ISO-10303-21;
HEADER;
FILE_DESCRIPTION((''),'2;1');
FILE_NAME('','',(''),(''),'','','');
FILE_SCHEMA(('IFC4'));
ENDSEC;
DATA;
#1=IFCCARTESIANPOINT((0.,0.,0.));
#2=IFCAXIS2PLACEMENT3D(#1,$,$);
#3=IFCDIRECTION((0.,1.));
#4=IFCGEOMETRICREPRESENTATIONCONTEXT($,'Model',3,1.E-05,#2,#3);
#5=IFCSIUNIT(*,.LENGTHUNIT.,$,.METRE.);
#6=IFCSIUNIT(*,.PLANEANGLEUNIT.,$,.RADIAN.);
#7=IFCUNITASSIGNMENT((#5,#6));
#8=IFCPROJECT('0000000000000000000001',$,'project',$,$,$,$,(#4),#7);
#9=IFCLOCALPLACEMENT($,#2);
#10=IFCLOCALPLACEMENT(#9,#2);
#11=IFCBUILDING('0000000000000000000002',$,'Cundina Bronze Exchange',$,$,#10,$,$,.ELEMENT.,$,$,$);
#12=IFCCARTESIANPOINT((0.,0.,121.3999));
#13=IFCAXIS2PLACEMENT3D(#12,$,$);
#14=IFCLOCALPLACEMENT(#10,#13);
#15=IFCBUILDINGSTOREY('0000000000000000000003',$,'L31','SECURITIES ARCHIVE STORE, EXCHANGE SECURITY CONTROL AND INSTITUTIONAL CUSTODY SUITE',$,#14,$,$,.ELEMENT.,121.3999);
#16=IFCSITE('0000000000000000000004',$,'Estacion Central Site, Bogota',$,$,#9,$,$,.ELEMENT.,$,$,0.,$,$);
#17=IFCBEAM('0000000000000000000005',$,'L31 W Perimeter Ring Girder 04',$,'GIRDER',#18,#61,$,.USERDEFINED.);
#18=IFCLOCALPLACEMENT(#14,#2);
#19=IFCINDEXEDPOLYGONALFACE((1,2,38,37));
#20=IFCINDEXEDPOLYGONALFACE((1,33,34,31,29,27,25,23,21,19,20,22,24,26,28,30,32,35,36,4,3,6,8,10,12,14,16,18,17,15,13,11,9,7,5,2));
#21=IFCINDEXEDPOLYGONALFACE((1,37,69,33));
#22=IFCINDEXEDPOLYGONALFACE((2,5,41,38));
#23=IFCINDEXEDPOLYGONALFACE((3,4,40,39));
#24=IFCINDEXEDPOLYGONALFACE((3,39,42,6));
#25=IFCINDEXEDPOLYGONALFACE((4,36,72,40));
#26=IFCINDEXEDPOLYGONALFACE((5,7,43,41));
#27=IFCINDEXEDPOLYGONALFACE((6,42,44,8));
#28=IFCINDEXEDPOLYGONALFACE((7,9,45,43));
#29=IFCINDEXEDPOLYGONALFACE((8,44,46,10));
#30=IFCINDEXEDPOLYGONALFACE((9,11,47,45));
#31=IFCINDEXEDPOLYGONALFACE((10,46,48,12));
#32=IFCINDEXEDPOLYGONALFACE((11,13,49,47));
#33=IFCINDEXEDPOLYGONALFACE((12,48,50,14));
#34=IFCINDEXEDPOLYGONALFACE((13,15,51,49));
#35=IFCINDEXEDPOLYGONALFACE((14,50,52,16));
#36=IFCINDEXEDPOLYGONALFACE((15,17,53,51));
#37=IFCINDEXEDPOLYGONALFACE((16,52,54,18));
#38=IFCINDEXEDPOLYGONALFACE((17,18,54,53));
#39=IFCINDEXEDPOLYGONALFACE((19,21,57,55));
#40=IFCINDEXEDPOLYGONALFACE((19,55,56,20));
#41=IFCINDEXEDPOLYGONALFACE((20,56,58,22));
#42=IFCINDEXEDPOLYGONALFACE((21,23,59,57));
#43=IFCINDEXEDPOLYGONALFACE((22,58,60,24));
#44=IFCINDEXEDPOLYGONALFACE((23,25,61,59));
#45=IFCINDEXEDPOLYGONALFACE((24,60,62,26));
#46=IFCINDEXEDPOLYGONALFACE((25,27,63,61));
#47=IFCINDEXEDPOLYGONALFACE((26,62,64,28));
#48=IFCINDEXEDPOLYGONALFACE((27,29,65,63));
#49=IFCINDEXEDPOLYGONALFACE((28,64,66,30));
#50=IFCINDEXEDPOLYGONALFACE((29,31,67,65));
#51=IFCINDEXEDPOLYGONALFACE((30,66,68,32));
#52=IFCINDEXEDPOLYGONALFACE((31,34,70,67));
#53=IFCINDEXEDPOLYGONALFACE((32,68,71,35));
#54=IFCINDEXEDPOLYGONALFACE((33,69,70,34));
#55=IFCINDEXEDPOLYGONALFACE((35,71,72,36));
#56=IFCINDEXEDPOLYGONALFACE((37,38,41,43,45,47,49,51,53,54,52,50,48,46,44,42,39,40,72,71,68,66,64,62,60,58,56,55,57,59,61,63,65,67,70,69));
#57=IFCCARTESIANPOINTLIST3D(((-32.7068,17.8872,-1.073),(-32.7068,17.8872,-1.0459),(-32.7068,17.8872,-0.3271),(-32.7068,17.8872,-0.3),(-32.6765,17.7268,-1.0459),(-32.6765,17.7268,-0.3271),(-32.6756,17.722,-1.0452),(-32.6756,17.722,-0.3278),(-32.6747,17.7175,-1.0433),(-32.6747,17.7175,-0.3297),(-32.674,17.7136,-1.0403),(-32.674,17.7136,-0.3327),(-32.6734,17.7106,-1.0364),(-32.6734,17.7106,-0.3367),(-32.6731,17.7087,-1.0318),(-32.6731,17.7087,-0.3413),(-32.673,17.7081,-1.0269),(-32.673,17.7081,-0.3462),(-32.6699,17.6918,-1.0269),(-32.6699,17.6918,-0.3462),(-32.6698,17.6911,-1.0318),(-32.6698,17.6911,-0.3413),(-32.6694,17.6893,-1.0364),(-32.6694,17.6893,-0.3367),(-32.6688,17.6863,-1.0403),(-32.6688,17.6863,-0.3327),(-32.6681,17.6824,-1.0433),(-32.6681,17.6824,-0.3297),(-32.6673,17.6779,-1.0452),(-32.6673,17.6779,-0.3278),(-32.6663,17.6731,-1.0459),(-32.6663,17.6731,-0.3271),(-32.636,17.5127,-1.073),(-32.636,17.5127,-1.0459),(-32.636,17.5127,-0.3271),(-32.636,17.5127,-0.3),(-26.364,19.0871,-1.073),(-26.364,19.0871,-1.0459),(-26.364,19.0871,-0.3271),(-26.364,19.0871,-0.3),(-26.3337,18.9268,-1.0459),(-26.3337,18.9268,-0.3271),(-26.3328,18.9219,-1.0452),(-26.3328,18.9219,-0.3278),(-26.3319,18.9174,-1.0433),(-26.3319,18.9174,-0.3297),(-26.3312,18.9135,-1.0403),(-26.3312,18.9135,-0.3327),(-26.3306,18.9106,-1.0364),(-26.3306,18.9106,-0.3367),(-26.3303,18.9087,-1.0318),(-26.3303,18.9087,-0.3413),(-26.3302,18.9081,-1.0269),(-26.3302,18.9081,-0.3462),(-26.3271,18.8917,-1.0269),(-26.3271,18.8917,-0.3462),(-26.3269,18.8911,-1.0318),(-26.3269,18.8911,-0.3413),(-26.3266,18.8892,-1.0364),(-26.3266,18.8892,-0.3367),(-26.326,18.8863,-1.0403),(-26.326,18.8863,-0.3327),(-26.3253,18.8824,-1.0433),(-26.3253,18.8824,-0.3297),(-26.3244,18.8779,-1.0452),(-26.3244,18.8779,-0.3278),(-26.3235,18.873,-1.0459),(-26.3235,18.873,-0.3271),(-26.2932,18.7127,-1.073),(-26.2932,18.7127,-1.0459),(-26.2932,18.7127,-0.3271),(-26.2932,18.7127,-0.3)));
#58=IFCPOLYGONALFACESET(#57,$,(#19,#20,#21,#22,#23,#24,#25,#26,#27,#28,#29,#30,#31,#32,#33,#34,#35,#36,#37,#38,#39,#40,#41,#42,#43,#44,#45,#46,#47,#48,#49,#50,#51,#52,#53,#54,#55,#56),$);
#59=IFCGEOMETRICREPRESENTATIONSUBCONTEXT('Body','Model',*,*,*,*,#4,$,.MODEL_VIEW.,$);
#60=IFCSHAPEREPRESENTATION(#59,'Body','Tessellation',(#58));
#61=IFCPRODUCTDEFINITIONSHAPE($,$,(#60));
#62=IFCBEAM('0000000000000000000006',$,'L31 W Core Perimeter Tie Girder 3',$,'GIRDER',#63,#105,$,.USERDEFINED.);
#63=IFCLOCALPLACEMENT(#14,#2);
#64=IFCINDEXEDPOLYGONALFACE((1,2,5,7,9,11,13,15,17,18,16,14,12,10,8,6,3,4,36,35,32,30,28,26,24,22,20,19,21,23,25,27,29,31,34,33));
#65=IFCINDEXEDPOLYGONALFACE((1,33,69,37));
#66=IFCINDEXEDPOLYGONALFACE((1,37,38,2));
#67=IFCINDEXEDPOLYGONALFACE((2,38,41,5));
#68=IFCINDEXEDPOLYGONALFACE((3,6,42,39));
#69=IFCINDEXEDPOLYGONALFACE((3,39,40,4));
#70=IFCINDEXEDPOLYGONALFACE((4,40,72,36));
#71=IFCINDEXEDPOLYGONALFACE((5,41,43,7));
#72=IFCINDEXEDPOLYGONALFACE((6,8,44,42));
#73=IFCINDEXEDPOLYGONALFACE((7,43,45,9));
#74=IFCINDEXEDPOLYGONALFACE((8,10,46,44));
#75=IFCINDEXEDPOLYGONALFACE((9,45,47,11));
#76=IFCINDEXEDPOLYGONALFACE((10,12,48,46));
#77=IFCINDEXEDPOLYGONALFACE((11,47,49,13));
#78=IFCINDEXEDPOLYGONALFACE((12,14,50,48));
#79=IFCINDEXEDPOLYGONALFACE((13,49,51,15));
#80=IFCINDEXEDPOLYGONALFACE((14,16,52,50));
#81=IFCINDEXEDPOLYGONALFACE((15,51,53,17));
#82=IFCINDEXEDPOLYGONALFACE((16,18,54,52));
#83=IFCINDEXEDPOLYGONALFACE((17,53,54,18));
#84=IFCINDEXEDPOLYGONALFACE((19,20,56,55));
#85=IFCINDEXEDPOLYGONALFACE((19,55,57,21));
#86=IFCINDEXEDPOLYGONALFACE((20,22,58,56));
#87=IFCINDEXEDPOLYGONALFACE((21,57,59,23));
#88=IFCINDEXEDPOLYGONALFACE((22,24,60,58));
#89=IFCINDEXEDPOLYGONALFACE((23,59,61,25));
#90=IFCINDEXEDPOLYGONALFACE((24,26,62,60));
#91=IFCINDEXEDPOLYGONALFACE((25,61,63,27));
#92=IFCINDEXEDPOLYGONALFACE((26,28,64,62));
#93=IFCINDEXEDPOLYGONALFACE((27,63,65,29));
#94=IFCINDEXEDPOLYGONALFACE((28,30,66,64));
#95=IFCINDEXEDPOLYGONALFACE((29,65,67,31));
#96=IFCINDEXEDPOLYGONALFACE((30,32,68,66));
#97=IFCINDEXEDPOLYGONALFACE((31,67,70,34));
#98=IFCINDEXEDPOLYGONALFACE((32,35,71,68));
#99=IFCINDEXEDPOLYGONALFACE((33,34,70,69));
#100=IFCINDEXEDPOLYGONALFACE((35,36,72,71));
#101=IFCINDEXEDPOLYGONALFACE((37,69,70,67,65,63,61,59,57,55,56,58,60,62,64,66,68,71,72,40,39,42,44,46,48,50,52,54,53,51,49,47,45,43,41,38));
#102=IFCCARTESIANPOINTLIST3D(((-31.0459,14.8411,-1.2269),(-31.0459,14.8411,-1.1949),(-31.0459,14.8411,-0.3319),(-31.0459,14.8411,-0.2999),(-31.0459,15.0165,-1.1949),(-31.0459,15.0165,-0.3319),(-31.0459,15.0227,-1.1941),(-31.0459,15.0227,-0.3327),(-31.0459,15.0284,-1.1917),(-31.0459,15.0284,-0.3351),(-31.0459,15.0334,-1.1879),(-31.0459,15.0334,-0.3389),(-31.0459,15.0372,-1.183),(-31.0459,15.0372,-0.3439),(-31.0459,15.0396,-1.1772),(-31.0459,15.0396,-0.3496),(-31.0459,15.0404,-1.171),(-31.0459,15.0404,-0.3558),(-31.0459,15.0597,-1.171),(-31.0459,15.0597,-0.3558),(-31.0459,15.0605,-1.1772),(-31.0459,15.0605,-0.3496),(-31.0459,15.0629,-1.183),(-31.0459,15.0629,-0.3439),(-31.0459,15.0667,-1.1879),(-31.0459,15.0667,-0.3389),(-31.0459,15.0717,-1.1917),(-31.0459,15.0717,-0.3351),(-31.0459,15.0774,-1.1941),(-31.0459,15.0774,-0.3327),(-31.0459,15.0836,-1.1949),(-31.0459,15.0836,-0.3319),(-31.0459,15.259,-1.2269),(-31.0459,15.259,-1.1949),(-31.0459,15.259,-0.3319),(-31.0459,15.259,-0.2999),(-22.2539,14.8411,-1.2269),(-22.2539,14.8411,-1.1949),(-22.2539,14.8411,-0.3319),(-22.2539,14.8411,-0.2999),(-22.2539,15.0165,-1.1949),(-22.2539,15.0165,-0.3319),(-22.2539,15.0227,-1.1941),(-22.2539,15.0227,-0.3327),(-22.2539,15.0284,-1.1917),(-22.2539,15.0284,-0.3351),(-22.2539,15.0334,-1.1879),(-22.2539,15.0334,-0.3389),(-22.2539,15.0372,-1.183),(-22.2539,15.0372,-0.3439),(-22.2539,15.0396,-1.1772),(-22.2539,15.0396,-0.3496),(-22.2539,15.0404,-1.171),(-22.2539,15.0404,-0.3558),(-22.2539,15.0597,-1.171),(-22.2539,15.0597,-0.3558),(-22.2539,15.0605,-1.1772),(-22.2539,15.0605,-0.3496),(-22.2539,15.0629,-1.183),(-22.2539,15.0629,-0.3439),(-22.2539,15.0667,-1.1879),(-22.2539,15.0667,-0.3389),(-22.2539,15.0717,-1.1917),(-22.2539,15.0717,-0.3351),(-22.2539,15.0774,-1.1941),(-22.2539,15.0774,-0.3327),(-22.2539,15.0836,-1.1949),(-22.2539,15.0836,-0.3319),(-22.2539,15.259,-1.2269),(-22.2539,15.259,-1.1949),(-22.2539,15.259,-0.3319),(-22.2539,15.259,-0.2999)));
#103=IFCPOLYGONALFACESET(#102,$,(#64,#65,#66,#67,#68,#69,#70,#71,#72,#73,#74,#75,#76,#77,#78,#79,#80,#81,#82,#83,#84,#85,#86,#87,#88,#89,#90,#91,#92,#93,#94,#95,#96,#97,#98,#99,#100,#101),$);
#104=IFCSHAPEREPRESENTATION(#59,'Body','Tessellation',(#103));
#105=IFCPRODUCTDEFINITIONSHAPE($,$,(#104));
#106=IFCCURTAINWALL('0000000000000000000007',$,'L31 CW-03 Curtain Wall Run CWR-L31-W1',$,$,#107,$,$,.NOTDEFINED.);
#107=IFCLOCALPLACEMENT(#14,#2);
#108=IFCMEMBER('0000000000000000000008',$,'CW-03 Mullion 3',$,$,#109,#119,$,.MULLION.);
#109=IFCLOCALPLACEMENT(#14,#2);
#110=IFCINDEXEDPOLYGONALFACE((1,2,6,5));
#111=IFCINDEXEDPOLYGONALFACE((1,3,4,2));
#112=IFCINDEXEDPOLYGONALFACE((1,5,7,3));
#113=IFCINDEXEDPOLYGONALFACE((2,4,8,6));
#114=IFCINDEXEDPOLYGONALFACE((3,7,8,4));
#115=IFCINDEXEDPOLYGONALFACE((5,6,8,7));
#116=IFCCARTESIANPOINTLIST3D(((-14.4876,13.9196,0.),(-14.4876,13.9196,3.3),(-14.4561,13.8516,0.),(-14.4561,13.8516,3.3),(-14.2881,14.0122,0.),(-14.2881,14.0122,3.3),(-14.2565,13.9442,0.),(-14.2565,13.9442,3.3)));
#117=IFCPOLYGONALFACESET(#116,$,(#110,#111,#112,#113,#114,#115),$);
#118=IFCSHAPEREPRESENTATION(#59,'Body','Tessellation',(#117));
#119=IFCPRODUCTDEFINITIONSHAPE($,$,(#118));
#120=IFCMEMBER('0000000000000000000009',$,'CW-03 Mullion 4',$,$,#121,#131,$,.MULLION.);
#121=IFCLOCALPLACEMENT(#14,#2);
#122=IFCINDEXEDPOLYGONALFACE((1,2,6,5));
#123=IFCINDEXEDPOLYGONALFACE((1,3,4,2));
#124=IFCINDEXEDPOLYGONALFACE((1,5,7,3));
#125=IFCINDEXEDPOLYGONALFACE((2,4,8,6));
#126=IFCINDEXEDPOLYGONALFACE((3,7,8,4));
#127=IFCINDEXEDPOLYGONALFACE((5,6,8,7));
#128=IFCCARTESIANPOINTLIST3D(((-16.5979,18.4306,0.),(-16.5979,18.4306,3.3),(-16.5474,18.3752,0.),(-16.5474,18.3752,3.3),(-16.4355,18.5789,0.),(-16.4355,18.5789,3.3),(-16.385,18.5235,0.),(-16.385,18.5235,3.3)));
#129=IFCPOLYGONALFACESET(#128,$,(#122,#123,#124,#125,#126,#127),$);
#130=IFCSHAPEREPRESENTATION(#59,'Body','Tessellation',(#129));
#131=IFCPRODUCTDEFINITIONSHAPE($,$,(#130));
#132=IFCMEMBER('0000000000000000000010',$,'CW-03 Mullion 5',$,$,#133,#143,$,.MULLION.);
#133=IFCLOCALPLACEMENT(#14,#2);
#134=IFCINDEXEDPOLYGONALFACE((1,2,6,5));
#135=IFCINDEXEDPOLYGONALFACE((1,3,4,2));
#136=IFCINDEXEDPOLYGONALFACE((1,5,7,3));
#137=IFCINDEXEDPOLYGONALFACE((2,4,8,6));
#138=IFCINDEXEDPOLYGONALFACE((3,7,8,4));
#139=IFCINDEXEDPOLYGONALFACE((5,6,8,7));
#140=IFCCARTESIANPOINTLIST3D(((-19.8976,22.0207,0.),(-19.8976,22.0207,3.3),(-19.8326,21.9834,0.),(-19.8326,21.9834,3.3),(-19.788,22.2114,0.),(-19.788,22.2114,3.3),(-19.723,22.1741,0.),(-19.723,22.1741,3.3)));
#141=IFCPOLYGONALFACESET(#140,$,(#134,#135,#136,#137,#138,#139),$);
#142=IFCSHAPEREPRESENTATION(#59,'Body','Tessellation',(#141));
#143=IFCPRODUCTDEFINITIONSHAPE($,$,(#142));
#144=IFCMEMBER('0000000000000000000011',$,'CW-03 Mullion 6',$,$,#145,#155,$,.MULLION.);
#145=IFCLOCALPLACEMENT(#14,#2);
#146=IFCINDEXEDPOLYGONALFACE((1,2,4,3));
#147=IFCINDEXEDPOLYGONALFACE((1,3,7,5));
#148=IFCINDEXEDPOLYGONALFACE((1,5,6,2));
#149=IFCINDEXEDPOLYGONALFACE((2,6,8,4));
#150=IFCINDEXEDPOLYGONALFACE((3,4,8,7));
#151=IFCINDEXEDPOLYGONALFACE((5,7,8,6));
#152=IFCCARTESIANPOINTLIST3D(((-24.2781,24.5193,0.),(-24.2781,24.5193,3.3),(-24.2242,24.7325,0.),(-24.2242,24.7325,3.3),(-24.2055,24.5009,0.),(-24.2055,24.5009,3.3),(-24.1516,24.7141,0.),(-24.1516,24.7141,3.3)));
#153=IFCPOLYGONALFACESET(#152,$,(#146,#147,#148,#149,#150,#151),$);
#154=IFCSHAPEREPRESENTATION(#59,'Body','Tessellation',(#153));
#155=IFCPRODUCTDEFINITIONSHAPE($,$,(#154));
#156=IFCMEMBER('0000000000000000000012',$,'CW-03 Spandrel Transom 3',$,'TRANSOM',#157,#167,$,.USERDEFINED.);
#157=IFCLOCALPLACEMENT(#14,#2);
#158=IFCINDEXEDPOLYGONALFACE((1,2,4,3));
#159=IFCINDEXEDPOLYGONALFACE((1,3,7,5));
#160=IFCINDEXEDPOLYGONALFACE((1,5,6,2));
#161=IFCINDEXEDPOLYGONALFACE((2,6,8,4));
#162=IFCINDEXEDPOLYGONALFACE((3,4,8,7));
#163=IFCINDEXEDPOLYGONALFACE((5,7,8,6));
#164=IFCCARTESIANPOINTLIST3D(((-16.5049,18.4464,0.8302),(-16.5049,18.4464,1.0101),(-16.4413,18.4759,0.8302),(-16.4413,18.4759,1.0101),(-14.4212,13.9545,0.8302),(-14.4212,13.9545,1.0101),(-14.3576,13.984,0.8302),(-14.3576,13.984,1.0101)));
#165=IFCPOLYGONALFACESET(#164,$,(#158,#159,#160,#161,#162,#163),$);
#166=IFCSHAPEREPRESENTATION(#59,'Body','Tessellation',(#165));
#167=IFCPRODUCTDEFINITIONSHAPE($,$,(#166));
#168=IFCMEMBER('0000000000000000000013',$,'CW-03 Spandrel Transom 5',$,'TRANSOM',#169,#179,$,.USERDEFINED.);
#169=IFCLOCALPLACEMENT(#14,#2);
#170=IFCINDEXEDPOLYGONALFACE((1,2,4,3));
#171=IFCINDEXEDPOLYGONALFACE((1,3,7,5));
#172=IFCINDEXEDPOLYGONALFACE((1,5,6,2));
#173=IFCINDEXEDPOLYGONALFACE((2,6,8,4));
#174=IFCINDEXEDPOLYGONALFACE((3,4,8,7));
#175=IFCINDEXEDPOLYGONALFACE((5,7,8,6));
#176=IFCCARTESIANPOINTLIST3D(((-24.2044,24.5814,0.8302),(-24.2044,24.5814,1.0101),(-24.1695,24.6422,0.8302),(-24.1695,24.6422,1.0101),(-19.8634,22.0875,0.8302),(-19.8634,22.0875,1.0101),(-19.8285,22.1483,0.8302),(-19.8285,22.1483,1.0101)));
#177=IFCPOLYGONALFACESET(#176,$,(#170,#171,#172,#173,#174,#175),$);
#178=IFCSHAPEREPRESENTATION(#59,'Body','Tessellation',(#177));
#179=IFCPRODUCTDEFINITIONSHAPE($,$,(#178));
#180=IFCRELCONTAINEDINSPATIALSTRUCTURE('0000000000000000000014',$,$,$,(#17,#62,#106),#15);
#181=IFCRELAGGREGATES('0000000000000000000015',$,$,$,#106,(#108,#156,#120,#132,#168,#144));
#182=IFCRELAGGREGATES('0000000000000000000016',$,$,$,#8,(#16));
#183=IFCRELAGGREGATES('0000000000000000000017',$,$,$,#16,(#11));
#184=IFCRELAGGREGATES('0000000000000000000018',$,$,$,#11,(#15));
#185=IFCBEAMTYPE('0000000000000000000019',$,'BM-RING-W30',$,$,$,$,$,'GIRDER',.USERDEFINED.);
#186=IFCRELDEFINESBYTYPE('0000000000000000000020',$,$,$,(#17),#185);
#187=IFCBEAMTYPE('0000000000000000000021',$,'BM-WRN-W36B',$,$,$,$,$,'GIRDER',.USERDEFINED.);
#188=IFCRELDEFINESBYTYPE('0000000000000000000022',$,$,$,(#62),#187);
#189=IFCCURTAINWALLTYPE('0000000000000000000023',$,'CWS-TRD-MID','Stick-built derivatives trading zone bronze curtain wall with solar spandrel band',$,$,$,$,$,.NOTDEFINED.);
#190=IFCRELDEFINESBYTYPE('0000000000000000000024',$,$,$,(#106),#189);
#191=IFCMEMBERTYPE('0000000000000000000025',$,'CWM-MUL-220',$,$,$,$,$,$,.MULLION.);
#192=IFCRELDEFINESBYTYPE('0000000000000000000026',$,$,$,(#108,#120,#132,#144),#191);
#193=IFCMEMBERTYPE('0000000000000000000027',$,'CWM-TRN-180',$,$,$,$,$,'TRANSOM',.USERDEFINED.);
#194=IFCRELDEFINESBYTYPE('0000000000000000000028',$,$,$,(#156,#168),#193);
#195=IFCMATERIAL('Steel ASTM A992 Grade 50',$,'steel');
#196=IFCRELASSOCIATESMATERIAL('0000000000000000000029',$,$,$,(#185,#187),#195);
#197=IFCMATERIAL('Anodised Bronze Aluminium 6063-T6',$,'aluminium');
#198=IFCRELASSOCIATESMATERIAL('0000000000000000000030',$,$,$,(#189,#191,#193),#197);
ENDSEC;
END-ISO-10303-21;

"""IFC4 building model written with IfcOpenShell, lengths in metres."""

from ifc_helpers import new_model, si_unit, direction, frame, origin, origin_2d, place, context, subcontext, project, spatial, rectangle, i_section, extrude, material, material_profile, profile_set, type_object, element, aggregate, save


model = new_model("IFC4")

# Units and contexts
model_context = context("Model", 3, precision=1e-05, world=origin(), true_north=direction((0.0, 1.0)))
body_context = subcontext(model_context, "Body", "Model", "MODEL_VIEW")
ifc_project = project(units=[si_unit("LENGTHUNIT", "METRE"), si_unit("PLANEANGLEUNIT", "RADIAN")], contexts=[model_context])

# Site, building, storey
site_placement = place(None, origin())
site = spatial("IfcSite", under=ifc_project, at=site_placement, Name="Estacion Central Site, Bogota", CompositionType="ELEMENT", RefElevation=0.0)
building_placement = place(site_placement, origin())
building = spatial("IfcBuilding", under=site, at=building_placement, Name="Cundina Bronze Exchange", CompositionType="ELEMENT")
storey_placement = place(building_placement, frame((0.0, 0.0, 121.3999)))
storey = spatial("IfcBuildingStorey", under=building, at=storey_placement, Name="L31", Description="SECURITIES ARCHIVE STORE, EXCHANGE SECURITY CONTROL AND INSTITUTIONAL CUSTODY SUITE", CompositionType="ELEMENT", Elevation=121.3999)

# Shared definitions
ifc_material_1 = material(Name="Steel ASTM A992 Grade 50", Category="steel")

# Beams
ifc_material_profile_1 = material_profile(ifc_material_1, i_section(OverallWidth=0.3811, OverallDepth=0.7729, WebThickness=0.0166, FlangeThickness=0.0271, FilletRadius=0.019, at=origin_2d()), Name="W30X173", Category="steel")
ifc_profile_set_1 = profile_set([ifc_material_profile_1], Name="Steel ASTM A992 Grade 50")
beam_type_1 = type_object("IfcBeamType", Name="BM-RING-W30", ElementType="GIRDER", PredefinedType="USERDEFINED", material=ifc_profile_set_1)
beam_1_placement = place(storey_placement, frame((-26.3286, 18.8999, -0.6865), z_axis=(-0.982571, -0.185887, 0.0), x_axis=(0.185887, -0.982571, 0.0)))
element("IfcBeam", 1, at=beam_1_placement, inside=storey, type_object=beam_type_1, Name="L31 W Perimeter Ring Girder 04", ObjectType="GIRDER", PredefinedType="USERDEFINED", context=body_context, shape_type="SweptSolid", body=[
    extrude(i_section(OverallWidth=0.3811, OverallDepth=0.7729, WebThickness=0.0166, FlangeThickness=0.0271, FilletRadius=0.019, at=origin_2d()), origin(), (0.0, 0.0, 1.0), 6.4553),
])
ifc_material_profile_2 = material_profile(ifc_material_1, i_section(OverallWidth=0.418, OverallDepth=0.927, WebThickness=0.0193, FlangeThickness=0.032, FilletRadius=0.0239, at=origin_2d()), Name="W36X231", Category="steel")
ifc_profile_set_2 = profile_set([ifc_material_profile_2], Name="Steel ASTM A992 Grade 50")
beam_type_2 = type_object("IfcBeamType", Name="BM-WRN-W36B", ElementType="GIRDER", PredefinedType="USERDEFINED", material=ifc_profile_set_2)
beam_2_placement = place(storey_placement, frame((-22.2539, 15.05, -0.7634), z_axis=(-1.0, 0.0, 0.0), x_axis=(0.0, -1.0, 0.0)))
element("IfcBeam", 2, at=beam_2_placement, inside=storey, type_object=beam_type_2, Name="L31 W Core Perimeter Tie Girder 3", ObjectType="GIRDER", PredefinedType="USERDEFINED", context=body_context, shape_type="SweptSolid", body=[
    extrude(i_section(OverallWidth=0.418, OverallDepth=0.927, WebThickness=0.0193, FlangeThickness=0.032, FilletRadius=0.0239, at=origin_2d()), origin(), (0.0, 0.0, 1.0), 8.792),
])

# Curtain wall, members
ifc_material_2 = material(Name="Anodised Bronze Aluminium 6063-T6", Category="aluminium")
curtain_wall_type = type_object("IfcCurtainWallType", Name="CWS-TRD-MID", Description="Stick-built derivatives trading zone bronze curtain wall with solar spandrel band", PredefinedType="NOTDEFINED", material=ifc_material_2)
curtain_wall_placement = place(storey_placement, origin())
curtain_wall = element("IfcCurtainWall", 3, at=curtain_wall_placement, inside=storey, type_object=curtain_wall_type, Name="L31 CW-03 Curtain Wall Run CWR-L31-W1", PredefinedType="NOTDEFINED")
ifc_material_profile_3 = material_profile(ifc_material_2, rectangle(XDim=0.075, YDim=0.22, at=origin_2d()), Name="AL75X220", Category="aluminium")
ifc_profile_set_3 = profile_set([ifc_material_profile_3], Name="Anodised Bronze Aluminium 6063-T6")
member_type_1 = type_object("IfcMemberType", Name="CWM-MUL-220", PredefinedType="MULLION", material=ifc_profile_set_3)
member_1_placement = place(storey_placement, frame((-14.3721, 13.9319, 0.0), z_axis=(0.0, 0.0, 1.0), x_axis=(-0.420877, 0.907117, 0.0)))
member_1 = element("IfcMember", 4, at=member_1_placement, type_object=member_type_1, Name="CW-03 Mullion 3", PredefinedType="MULLION", context=body_context, shape_type="SweptSolid", body=[
    extrude(rectangle(XDim=0.075, YDim=0.22, at=origin_2d()), origin(), (0.0, 0.0, 1.0), 3.3),
])
member_2_placement = place(storey_placement, frame((-16.4915, 18.4771, 0.0), z_axis=(0.0, 0.0, 1.0), x_axis=(-0.674302, 0.738455, 0.0)))
member_2 = element("IfcMember", 5, at=member_2_placement, type_object=member_type_1, Name="CW-03 Mullion 4", PredefinedType="MULLION", context=body_context, shape_type="SweptSolid", body=[
    extrude(rectangle(XDim=0.075, YDim=0.22, at=origin_2d()), origin(), (0.0, 0.0, 1.0), 3.3),
])
member_3_placement = place(storey_placement, frame((-19.8103, 22.0974, 0.0), z_axis=(0.0, 0.0, 1.0), x_axis=(-0.867071, 0.498185, 0.0)))
member_3 = element("IfcMember", 6, at=member_3_placement, type_object=member_type_1, Name="CW-03 Mullion 5", PredefinedType="MULLION", context=body_context, shape_type="SweptSolid", body=[
    extrude(rectangle(XDim=0.075, YDim=0.22, at=origin_2d()), origin(), (0.0, 0.0, 1.0), 3.3),
])
member_4_placement = place(storey_placement, frame((-24.2148, 24.6167, 0.0), z_axis=(0.0, 0.0, 1.0), x_axis=(-0.969488, 0.245138, 0.0)))
member_4 = element("IfcMember", 7, at=member_4_placement, type_object=member_type_1, Name="CW-03 Mullion 6", PredefinedType="MULLION", context=body_context, shape_type="SweptSolid", body=[
    extrude(rectangle(XDim=0.075, YDim=0.22, at=origin_2d()), origin(), (0.0, 0.0, 1.0), 3.3),
])
ifc_material_profile_4 = material_profile(ifc_material_2, rectangle(XDim=0.0701, YDim=0.1799, at=origin_2d()), Name="AL70X180", Category="aluminium")
ifc_profile_set_4 = profile_set([ifc_material_profile_4], Name="Anodised Bronze Aluminium 6063-T6")
member_type_2 = type_object("IfcMemberType", Name="CWM-TRN-180", ElementType="TRANSOM", PredefinedType="USERDEFINED", material=ifc_profile_set_4)
member_5_placement = place(storey_placement, frame((-14.3894, 13.9692, 0.9202), z_axis=(-0.420811, 0.907148, 0.0), x_axis=(-0.907148, -0.420811, 0.0)))
member_5 = element("IfcMember", 8, at=member_5_placement, type_object=member_type_2, Name="CW-03 Spandrel Transom 3", ObjectType="TRANSOM", PredefinedType="USERDEFINED", context=body_context, shape_type="SweptSolid", body=[
    extrude(rectangle(XDim=0.0701, YDim=0.1799, at=origin_2d()), origin(), (0.0, 0.0, 1.0), 4.9517),
])
member_6_placement = place(storey_placement, frame((-19.8459, 22.1179, 0.9202), z_axis=(-0.867097, 0.498139, 0.0), x_axis=(-0.498139, -0.867097, 0.0)))
member_6 = element("IfcMember", 9, at=member_6_placement, type_object=member_type_2, Name="CW-03 Spandrel Transom 5", ObjectType="TRANSOM", PredefinedType="USERDEFINED", context=body_context, shape_type="SweptSolid", body=[
    extrude(rectangle(XDim=0.0701, YDim=0.1799, at=origin_2d()), origin(), (0.0, 0.0, 1.0), 5.0063),
])
aggregate(curtain_wall, [member_1, member_5, member_2, member_3, member_6, member_4])

save(model, "model.ifc")
